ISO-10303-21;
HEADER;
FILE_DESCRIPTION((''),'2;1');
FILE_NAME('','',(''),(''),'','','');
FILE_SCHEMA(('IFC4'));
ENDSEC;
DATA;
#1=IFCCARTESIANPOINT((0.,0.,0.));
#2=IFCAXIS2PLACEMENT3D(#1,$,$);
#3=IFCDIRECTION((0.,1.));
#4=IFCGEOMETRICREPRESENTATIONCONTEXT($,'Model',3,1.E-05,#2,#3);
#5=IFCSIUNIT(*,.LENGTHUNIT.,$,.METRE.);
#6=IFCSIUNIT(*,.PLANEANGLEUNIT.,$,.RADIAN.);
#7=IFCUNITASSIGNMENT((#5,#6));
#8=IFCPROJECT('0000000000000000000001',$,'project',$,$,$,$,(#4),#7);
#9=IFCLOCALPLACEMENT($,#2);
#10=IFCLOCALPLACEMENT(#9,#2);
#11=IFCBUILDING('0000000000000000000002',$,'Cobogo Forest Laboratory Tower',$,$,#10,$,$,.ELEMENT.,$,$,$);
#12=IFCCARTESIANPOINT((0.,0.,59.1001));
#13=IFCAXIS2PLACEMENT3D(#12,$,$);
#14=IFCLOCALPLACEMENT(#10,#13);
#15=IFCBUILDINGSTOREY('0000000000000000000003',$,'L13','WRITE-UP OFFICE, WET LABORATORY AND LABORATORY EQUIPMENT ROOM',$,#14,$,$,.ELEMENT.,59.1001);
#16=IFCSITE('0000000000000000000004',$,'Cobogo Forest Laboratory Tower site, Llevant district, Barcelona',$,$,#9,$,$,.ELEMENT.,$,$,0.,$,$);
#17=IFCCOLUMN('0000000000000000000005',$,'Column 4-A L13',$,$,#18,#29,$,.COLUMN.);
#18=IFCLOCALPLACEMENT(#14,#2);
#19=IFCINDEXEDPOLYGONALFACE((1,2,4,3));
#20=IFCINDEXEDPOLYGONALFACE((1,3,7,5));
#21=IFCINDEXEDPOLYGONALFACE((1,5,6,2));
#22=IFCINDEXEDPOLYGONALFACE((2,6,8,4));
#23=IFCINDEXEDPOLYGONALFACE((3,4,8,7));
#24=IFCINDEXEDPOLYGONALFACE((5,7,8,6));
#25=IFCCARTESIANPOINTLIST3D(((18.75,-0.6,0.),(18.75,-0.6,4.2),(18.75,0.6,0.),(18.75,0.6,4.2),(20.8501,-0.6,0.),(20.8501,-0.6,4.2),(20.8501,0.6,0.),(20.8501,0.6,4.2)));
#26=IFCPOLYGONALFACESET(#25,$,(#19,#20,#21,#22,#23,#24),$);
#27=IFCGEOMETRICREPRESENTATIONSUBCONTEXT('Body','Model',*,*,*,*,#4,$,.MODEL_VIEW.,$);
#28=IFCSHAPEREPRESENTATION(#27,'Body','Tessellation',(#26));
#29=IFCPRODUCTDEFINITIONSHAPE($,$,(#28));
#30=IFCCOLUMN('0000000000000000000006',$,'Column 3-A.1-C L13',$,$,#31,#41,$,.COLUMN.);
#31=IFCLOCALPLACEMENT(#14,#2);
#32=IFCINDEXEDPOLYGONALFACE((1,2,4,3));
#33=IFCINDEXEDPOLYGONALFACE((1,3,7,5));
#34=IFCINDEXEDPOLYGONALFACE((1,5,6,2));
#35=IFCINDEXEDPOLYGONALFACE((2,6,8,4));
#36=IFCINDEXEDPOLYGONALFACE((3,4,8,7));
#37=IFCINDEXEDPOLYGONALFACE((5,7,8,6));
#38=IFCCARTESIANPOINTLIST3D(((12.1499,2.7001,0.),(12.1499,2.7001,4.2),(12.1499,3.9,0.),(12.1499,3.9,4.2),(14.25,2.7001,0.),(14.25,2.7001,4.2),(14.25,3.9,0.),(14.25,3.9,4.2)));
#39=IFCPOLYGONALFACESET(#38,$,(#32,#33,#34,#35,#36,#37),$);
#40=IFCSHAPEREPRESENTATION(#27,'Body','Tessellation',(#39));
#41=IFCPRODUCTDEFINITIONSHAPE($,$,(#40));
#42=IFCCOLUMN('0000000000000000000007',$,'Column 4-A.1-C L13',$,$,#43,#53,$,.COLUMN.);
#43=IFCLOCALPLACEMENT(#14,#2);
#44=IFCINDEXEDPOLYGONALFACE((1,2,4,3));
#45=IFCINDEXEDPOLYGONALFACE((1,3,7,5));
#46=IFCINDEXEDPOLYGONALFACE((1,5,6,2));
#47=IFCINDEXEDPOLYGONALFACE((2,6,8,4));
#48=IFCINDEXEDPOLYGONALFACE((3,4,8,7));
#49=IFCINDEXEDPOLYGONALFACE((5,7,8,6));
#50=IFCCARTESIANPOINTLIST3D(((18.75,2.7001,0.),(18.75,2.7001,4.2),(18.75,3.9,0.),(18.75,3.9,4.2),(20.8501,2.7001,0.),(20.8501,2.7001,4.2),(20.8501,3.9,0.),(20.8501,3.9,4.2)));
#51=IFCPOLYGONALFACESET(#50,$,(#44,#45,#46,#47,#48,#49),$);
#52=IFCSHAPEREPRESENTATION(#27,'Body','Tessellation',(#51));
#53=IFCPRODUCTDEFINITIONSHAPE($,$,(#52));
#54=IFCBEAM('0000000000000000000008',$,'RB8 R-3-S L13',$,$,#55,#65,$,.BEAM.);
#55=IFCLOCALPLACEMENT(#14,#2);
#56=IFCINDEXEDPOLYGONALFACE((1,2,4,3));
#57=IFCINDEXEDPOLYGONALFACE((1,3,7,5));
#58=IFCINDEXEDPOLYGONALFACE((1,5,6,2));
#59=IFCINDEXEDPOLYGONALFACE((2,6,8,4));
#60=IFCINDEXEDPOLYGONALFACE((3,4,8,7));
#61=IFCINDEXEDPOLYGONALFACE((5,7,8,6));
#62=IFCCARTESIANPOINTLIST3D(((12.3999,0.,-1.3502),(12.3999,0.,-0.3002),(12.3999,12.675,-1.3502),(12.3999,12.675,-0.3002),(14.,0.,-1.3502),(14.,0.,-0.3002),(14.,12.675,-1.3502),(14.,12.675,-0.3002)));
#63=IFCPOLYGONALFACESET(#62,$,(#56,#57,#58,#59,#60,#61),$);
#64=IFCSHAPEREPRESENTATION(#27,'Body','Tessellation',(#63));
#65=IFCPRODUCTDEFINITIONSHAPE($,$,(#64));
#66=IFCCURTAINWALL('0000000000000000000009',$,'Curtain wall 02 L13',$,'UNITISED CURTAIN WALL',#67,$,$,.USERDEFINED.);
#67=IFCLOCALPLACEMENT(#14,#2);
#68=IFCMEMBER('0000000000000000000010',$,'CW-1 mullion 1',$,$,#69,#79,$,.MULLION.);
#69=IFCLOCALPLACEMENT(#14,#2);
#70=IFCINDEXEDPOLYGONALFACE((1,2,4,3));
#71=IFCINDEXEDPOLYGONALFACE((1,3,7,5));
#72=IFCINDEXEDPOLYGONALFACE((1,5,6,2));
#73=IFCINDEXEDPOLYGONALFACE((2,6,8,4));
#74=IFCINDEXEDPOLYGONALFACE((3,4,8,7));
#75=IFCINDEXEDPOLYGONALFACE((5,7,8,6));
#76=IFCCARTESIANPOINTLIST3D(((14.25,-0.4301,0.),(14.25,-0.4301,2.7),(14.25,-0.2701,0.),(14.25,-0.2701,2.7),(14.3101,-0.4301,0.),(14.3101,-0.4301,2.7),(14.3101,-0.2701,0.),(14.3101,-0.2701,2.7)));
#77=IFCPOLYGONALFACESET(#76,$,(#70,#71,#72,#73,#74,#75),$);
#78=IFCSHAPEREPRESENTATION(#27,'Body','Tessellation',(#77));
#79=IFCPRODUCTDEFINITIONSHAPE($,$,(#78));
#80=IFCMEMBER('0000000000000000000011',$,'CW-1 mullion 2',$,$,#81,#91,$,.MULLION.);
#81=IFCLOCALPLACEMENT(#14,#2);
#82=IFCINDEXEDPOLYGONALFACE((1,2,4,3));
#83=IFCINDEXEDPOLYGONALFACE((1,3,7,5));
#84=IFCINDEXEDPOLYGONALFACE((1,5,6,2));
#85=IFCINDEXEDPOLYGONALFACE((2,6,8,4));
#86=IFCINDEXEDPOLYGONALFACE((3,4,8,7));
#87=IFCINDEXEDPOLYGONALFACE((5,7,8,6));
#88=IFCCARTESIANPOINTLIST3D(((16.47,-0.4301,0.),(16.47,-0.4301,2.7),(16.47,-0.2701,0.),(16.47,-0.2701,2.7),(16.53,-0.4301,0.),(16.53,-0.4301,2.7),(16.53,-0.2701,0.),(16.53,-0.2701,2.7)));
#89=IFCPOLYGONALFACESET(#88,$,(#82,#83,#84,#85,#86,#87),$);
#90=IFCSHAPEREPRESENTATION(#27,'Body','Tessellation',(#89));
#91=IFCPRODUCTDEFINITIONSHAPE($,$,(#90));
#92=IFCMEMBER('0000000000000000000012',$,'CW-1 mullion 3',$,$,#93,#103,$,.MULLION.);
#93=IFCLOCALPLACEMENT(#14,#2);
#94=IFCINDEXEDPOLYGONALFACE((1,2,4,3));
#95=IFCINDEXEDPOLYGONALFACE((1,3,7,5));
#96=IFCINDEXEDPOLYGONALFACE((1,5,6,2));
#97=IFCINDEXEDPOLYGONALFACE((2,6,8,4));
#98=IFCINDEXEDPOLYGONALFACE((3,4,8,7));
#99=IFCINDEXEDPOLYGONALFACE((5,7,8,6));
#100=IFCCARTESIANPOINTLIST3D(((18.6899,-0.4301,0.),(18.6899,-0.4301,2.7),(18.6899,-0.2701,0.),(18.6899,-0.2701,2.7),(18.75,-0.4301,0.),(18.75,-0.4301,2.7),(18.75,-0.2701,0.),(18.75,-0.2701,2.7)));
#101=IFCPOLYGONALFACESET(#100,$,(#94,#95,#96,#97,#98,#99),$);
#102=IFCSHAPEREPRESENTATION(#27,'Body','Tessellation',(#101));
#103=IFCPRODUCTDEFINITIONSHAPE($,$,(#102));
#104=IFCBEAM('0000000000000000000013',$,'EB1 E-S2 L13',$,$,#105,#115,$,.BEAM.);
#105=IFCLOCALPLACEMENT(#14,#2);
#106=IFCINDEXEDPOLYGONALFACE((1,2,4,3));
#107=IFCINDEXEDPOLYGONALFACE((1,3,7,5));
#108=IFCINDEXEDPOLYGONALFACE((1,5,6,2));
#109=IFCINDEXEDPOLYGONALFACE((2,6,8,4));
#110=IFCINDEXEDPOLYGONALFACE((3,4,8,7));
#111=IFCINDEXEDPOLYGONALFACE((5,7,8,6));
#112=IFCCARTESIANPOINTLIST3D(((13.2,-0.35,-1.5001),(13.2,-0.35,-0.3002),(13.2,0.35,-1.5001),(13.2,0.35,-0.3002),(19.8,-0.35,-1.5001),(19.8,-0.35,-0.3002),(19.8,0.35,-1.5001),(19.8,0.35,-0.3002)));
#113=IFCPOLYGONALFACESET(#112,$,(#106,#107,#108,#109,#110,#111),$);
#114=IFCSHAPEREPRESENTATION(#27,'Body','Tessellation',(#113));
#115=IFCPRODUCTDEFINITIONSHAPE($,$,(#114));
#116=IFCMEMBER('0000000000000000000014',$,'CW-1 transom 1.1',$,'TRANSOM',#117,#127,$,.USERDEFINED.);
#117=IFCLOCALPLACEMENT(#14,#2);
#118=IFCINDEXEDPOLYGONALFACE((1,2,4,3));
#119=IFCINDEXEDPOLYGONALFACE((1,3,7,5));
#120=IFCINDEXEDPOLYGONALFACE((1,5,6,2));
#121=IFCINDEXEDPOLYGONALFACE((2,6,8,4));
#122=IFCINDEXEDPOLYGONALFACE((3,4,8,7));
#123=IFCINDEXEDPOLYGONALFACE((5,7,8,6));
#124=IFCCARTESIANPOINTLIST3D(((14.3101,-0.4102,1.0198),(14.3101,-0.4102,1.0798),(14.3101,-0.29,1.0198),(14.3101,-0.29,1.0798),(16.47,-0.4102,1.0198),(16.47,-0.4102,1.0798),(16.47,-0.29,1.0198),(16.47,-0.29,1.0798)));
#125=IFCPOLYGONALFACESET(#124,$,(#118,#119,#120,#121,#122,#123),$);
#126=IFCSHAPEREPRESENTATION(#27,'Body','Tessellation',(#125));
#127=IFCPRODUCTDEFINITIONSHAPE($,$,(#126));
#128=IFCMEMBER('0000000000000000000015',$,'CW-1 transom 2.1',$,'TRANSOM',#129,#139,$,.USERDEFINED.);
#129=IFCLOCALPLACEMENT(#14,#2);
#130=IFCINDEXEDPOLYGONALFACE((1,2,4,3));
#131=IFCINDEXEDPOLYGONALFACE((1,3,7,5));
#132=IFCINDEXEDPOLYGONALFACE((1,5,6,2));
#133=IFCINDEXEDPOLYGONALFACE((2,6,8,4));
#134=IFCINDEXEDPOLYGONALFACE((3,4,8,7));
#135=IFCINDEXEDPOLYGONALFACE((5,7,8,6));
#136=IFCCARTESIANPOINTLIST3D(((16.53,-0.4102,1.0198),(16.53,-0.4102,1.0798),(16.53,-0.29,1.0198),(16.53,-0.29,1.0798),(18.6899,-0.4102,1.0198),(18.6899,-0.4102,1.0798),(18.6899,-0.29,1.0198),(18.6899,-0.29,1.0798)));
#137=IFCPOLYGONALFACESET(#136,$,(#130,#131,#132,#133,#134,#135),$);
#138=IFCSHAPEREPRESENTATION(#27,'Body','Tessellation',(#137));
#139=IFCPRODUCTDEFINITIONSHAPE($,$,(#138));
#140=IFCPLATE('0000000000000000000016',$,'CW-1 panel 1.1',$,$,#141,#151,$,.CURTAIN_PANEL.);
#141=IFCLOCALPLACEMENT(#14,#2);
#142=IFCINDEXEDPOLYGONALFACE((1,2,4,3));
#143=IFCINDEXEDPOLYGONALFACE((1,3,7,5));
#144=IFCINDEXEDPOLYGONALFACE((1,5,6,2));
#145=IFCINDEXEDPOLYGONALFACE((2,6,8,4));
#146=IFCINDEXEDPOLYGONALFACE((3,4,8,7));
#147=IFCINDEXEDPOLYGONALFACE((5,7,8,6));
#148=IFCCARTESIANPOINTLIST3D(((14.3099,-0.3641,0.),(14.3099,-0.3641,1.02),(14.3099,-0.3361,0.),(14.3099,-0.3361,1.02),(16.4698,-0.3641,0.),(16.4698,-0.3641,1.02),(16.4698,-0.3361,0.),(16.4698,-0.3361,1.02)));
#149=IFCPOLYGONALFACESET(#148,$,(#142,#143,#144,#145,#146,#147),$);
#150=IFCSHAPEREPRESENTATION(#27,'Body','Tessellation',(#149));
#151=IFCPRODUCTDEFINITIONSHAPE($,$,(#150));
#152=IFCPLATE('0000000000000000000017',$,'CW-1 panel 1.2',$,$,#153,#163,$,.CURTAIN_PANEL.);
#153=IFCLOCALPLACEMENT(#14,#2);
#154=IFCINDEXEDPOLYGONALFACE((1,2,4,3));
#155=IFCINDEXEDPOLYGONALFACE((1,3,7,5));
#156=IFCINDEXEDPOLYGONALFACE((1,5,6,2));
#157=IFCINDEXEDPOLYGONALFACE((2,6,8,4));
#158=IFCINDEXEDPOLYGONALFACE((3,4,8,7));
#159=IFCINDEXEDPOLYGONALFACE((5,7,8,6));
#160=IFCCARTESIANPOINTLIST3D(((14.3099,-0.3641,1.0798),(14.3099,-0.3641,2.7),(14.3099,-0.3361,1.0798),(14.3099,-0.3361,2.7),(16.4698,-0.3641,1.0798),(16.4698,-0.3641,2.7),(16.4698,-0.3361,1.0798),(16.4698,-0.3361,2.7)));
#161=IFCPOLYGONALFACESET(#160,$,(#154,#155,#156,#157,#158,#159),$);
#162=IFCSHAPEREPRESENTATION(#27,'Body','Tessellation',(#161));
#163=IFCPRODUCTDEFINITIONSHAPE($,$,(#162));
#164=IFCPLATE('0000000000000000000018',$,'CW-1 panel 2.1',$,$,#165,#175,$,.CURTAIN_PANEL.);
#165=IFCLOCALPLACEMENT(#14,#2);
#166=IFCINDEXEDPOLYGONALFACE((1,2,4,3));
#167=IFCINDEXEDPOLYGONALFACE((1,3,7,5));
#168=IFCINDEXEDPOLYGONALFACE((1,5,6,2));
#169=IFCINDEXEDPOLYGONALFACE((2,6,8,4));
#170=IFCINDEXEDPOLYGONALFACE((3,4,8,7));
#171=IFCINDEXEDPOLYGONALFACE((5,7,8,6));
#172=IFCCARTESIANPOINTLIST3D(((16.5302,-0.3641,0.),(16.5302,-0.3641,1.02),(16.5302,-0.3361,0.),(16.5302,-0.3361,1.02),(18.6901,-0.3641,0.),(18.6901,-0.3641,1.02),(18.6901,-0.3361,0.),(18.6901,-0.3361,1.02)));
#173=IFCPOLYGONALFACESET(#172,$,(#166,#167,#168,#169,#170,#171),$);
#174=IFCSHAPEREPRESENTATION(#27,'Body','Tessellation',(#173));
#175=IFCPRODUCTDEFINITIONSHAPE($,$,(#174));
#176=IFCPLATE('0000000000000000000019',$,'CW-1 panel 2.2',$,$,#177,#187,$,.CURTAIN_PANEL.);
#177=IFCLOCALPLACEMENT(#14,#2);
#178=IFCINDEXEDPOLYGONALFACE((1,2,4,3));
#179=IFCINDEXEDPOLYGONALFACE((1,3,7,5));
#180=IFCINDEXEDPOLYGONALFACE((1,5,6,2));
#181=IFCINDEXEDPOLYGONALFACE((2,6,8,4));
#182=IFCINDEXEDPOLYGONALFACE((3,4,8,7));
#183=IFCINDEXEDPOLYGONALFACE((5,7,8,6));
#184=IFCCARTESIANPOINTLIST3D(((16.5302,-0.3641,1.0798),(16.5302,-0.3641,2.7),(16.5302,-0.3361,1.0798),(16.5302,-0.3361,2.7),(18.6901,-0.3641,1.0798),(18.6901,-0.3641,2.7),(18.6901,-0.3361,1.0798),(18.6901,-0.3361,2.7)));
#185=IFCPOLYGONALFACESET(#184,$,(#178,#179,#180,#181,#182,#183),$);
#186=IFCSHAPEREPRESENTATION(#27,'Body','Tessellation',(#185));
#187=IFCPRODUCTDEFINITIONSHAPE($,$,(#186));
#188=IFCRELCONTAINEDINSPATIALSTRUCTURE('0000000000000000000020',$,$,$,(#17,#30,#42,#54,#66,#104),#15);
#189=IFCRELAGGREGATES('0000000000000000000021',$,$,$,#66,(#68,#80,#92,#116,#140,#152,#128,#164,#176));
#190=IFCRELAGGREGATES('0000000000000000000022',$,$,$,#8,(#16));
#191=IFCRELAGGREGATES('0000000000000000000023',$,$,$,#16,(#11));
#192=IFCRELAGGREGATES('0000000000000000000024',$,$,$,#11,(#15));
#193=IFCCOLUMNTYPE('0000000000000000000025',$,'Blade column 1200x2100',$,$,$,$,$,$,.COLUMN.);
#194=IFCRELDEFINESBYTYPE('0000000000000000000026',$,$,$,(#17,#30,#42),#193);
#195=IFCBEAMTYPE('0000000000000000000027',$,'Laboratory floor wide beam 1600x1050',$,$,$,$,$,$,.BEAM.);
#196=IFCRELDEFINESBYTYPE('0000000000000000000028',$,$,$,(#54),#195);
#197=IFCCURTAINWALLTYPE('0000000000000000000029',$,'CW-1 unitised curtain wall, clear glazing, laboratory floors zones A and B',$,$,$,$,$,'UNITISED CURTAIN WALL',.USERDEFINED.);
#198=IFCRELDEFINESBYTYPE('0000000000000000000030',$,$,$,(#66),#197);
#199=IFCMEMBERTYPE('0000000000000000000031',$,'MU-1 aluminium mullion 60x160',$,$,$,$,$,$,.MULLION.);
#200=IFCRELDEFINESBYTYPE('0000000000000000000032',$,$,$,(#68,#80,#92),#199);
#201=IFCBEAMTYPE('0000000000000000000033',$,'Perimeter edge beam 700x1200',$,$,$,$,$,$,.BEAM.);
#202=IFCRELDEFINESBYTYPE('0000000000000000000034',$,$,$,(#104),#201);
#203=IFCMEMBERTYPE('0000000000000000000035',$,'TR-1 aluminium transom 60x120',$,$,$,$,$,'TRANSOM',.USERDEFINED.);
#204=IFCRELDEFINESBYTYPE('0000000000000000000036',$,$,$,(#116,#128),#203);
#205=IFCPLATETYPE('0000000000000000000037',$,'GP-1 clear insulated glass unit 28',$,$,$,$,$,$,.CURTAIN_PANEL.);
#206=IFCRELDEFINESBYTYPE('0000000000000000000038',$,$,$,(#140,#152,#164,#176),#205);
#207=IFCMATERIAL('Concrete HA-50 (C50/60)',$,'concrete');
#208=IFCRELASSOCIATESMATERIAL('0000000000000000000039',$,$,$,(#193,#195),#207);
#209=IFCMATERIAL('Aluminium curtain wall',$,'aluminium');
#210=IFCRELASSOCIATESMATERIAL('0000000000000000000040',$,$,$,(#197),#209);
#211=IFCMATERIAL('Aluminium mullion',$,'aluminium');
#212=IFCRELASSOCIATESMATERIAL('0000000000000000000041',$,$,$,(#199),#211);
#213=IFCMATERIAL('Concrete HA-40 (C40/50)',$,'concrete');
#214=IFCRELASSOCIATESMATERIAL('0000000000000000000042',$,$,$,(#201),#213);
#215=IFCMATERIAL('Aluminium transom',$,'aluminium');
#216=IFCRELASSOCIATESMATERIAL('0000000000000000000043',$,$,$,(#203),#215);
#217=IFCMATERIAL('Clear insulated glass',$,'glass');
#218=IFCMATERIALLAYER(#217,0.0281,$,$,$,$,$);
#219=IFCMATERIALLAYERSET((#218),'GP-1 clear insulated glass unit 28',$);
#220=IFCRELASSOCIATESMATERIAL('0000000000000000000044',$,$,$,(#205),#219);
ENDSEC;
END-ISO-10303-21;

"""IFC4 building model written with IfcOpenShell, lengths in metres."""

from ifc_helpers import new_model, si_unit, direction, frame, origin, origin_2d, place, context, subcontext, project, spatial, rectangle, extrude, material, layer, layer_set, material_profile, profile_set, type_object, element, aggregate, save


model = new_model("IFC4")

# Units and contexts
model_context = context("Model", 3, precision=1e-05, world=origin(), true_north=direction((0.0, 1.0)))
body_context = subcontext(model_context, "Body", "Model", "MODEL_VIEW")
ifc_project = project(units=[si_unit("LENGTHUNIT", "METRE"), si_unit("PLANEANGLEUNIT", "RADIAN")], contexts=[model_context])

# Site, building, storey
site_placement = place(None, origin())
site = spatial("IfcSite", under=ifc_project, at=site_placement, Name="Cobogo Forest Laboratory Tower site, Llevant district, Barcelona", CompositionType="ELEMENT", RefElevation=0.0)
building_placement = place(site_placement, origin())
building = spatial("IfcBuilding", under=site, at=building_placement, Name="Cobogo Forest Laboratory Tower", CompositionType="ELEMENT")
storey_placement = place(building_placement, frame((0.0, 0.0, 59.1001)))
storey = spatial("IfcBuildingStorey", under=building, at=storey_placement, Name="L13", Description="WRITE-UP OFFICE, WET LABORATORY AND LABORATORY EQUIPMENT ROOM", CompositionType="ELEMENT", Elevation=59.1001)

# Columns
ifc_material_1 = material(Name="Concrete HA-50 (C50/60)", Category="concrete")
ifc_material_profile_1 = material_profile(ifc_material_1, rectangle(XDim=2.1001, YDim=1.2, at=origin_2d()), Name="RC 1200x2100")
ifc_profile_set_1 = profile_set([ifc_material_profile_1], Name="Concrete HA-50 (C50/60)")
column_type = type_object("IfcColumnType", Name="Blade column 1200x2100", PredefinedType="COLUMN", material=ifc_profile_set_1)
for number, where, z_axis, x_axis, name in (
    (1, (19.8, 0.0, 0.0), (0.0, 0.0, 1.0), (1.0, 0.0, 0.0), "Column 4-A L13"),
    (2, (13.2, 3.3, 0.0), (0.0, 0.0, 1.0), (1.0, 0.0, 0.0), "Column 3-A.1-C L13"),
    (3, (19.8, 3.3, 0.0), (0.0, 0.0, 1.0), (1.0, 0.0, 0.0), "Column 4-A.1-C L13"),
):
    element("IfcColumn", number, at=place(storey_placement, frame(where, z_axis=z_axis, x_axis=x_axis)), inside=storey, type_object=column_type, Name=name, PredefinedType="COLUMN", context=body_context, shape_type="SweptSolid", body=[
        extrude(rectangle(XDim=2.1001, YDim=1.2, at=origin_2d()), origin(), (0.0, 0.0, 1.0), 4.2),
    ])

# Beam
ifc_material_profile_2 = material_profile(ifc_material_1, rectangle(XDim=1.6001, YDim=1.05, at=origin_2d()), Name="RC 1600x1050")
ifc_profile_set_2 = profile_set([ifc_material_profile_2], Name="Concrete HA-50 (C50/60)")
beam_type_1 = type_object("IfcBeamType", Name="Laboratory floor wide beam 1600x1050", PredefinedType="BEAM", material=ifc_profile_set_2)
beam_1_placement = place(storey_placement, frame((13.2, 12.675, -0.8252), z_axis=(0.0, -1.0, 0.0), x_axis=(1.0, 0.0, 0.0)))
element("IfcBeam", 4, at=beam_1_placement, inside=storey, type_object=beam_type_1, Name="RB8 R-3-S L13", PredefinedType="BEAM", context=body_context, shape_type="SweptSolid", body=[
    extrude(rectangle(XDim=1.6001, YDim=1.05, at=origin_2d()), origin(), (0.0, 0.0, 1.0), 12.675),
])

# Curtain wall, members
ifc_material_2 = material(Name="Aluminium curtain wall", Category="aluminium")
curtain_wall_type = type_object("IfcCurtainWallType", Name="CW-1 unitised curtain wall, clear glazing, laboratory floors zones A and B", ElementType="UNITISED CURTAIN WALL", PredefinedType="USERDEFINED", material=ifc_material_2)
curtain_wall_placement = place(storey_placement, origin())
curtain_wall = element("IfcCurtainWall", 5, at=curtain_wall_placement, inside=storey, type_object=curtain_wall_type, Name="Curtain wall 02 L13", ObjectType="UNITISED CURTAIN WALL", PredefinedType="USERDEFINED")
ifc_material_3 = material(Name="Aluminium mullion", Category="aluminium")
ifc_material_profile_3 = material_profile(ifc_material_3, rectangle(XDim=0.0601, YDim=0.1599, at=origin_2d()), Name="AL 60x160")
ifc_profile_set_3 = profile_set([ifc_material_profile_3], Name="Aluminium mullion")
member_type_1 = type_object("IfcMemberType", Name="MU-1 aluminium mullion 60x160", PredefinedType="MULLION", material=ifc_profile_set_3)
member_1_placement = place(storey_placement, frame((14.28, -0.3501, 0.0), z_axis=(0.0, 0.0, 1.0), x_axis=(1.0, 0.0, 0.0)))
member_1 = element("IfcMember", 6, at=member_1_placement, type_object=member_type_1, Name="CW-1 mullion 1", PredefinedType="MULLION", context=body_context, shape_type="SweptSolid", body=[
    extrude(rectangle(XDim=0.0601, YDim=0.1599, at=origin_2d()), origin(), (0.0, 0.0, 1.0), 2.7),
])
member_2_placement = place(storey_placement, frame((16.5, -0.3501, 0.0), z_axis=(0.0, 0.0, 1.0), x_axis=(1.0, 0.0, 0.0)))
member_2 = element("IfcMember", 7, at=member_2_placement, type_object=member_type_1, Name="CW-1 mullion 2", PredefinedType="MULLION", context=body_context, shape_type="SweptSolid", body=[
    extrude(rectangle(XDim=0.0601, YDim=0.1599, at=origin_2d()), origin(), (0.0, 0.0, 1.0), 2.7),
])
member_3_placement = place(storey_placement, frame((18.72, -0.3501, 0.0), z_axis=(0.0, 0.0, 1.0), x_axis=(1.0, 0.0, 0.0)))
member_3 = element("IfcMember", 8, at=member_3_placement, type_object=member_type_1, Name="CW-1 mullion 3", PredefinedType="MULLION", context=body_context, shape_type="SweptSolid", body=[
    extrude(rectangle(XDim=0.0601, YDim=0.1599, at=origin_2d()), origin(), (0.0, 0.0, 1.0), 2.7),
])

# Beam
ifc_material_4 = material(Name="Concrete HA-40 (C40/50)", Category="concrete")
ifc_material_profile_4 = material_profile(ifc_material_4, rectangle(XDim=0.7, YDim=1.2, at=origin_2d()), Name="RC 700x1200")
ifc_profile_set_4 = profile_set([ifc_material_profile_4], Name="Concrete HA-40 (C40/50)")
beam_type_2 = type_object("IfcBeamType", Name="Perimeter edge beam 700x1200", PredefinedType="BEAM", material=ifc_profile_set_4)
beam_2_placement = place(storey_placement, frame((13.2, 0.0, -0.9001), z_axis=(1.0, 0.0, 0.0), x_axis=(0.0, 1.0, 0.0)))
element("IfcBeam", 9, at=beam_2_placement, inside=storey, type_object=beam_type_2, Name="EB1 E-S2 L13", PredefinedType="BEAM", context=body_context, shape_type="SweptSolid", body=[
    extrude(rectangle(XDim=0.7, YDim=1.2, at=origin_2d()), origin(), (0.0, 0.0, 1.0), 6.6001),
])

# Members
ifc_material_5 = material(Name="Aluminium transom", Category="aluminium")
ifc_material_profile_5 = material_profile(ifc_material_5, rectangle(XDim=0.1201, YDim=0.0601, at=origin_2d()), Name="AL 60x120")
ifc_profile_set_5 = profile_set([ifc_material_profile_5], Name="Aluminium transom")
member_type_2 = type_object("IfcMemberType", Name="TR-1 aluminium transom 60x120", ElementType="TRANSOM", PredefinedType="USERDEFINED", material=ifc_profile_set_5)
member_4_placement = place(storey_placement, frame((14.3101, -0.3501, 1.0498), z_axis=(1.0, 0.0, 0.0), x_axis=(0.0, 1.0, 0.0)))
member_4 = element("IfcMember", 10, at=member_4_placement, type_object=member_type_2, Name="CW-1 transom 1.1", ObjectType="TRANSOM", PredefinedType="USERDEFINED", context=body_context, shape_type="SweptSolid", body=[
    extrude(rectangle(XDim=0.1201, YDim=0.0601, at=origin_2d()), origin(), (0.0, 0.0, 1.0), 2.1599),
])
member_5_placement = place(storey_placement, frame((16.53, -0.3501, 1.0498), z_axis=(1.0, 0.0, 0.0), x_axis=(0.0, 1.0, 0.0)))
member_5 = element("IfcMember", 11, at=member_5_placement, type_object=member_type_2, Name="CW-1 transom 2.1", ObjectType="TRANSOM", PredefinedType="USERDEFINED", context=body_context, shape_type="SweptSolid", body=[
    extrude(rectangle(XDim=0.1201, YDim=0.0601, at=origin_2d()), origin(), (0.0, 0.0, 1.0), 2.1599),
])

# Plates
ifc_material_6 = material(Name="Clear insulated glass", Category="glass")
ifc_layer_1 = layer(ifc_material_6, 0.0281)
ifc_layer_set_1 = layer_set([ifc_layer_1], Name="GP-1 clear insulated glass unit 28")
plate_type_1 = type_object("IfcPlateType", Name="GP-1 clear insulated glass unit 28", PredefinedType="CURTAIN_PANEL", material=ifc_layer_set_1)
plate_1_placement = place(storey_placement, frame((15.3899, -0.3501, 0.0), z_axis=(0.0, 0.0, 1.0), x_axis=(1.0, 0.0, 0.0)))
plate_1 = element("IfcPlate", 12, at=plate_1_placement, type_object=plate_type_1, Name="CW-1 panel 1.1", PredefinedType="CURTAIN_PANEL", context=body_context, shape_type="SweptSolid", body=[
    extrude(rectangle(XDim=2.1599, YDim=0.0281, at=origin_2d()), origin(), (0.0, 0.0, 1.0), 1.02),
])
plate_2_placement = place(storey_placement, frame((15.3899, -0.3501, 1.0798), z_axis=(0.0, 0.0, 1.0), x_axis=(1.0, 0.0, 0.0)))
plate_2 = element("IfcPlate", 13, at=plate_2_placement, type_object=plate_type_1, Name="CW-1 panel 1.2", PredefinedType="CURTAIN_PANEL", context=body_context, shape_type="SweptSolid", body=[
    extrude(rectangle(XDim=2.1599, YDim=0.0281, at=origin_2d()), origin(), (0.0, 0.0, 1.0), 1.6201),
])
plate_3_placement = place(storey_placement, frame((17.6101, -0.3501, 0.0), z_axis=(0.0, 0.0, 1.0), x_axis=(1.0, 0.0, 0.0)))
plate_3 = element("IfcPlate", 14, at=plate_3_placement, type_object=plate_type_1, Name="CW-1 panel 2.1", PredefinedType="CURTAIN_PANEL", context=body_context, shape_type="SweptSolid", body=[
    extrude(rectangle(XDim=2.1599, YDim=0.0281, at=origin_2d()), origin(), (0.0, 0.0, 1.0), 1.02),
])
plate_4_placement = place(storey_placement, frame((17.6101, -0.3501, 1.0798), z_axis=(0.0, 0.0, 1.0), x_axis=(1.0, 0.0, 0.0)))
plate_4 = element("IfcPlate", 15, at=plate_4_placement, type_object=plate_type_1, Name="CW-1 panel 2.2", PredefinedType="CURTAIN_PANEL", context=body_context, shape_type="SweptSolid", body=[
    extrude(rectangle(XDim=2.1599, YDim=0.0281, at=origin_2d()), origin(), (0.0, 0.0, 1.0), 1.6201),
])
aggregate(curtain_wall, [member_1, member_2, member_3, member_4, plate_1, plate_2, member_5, plate_3, plate_4])

save(model, "model.ifc")
